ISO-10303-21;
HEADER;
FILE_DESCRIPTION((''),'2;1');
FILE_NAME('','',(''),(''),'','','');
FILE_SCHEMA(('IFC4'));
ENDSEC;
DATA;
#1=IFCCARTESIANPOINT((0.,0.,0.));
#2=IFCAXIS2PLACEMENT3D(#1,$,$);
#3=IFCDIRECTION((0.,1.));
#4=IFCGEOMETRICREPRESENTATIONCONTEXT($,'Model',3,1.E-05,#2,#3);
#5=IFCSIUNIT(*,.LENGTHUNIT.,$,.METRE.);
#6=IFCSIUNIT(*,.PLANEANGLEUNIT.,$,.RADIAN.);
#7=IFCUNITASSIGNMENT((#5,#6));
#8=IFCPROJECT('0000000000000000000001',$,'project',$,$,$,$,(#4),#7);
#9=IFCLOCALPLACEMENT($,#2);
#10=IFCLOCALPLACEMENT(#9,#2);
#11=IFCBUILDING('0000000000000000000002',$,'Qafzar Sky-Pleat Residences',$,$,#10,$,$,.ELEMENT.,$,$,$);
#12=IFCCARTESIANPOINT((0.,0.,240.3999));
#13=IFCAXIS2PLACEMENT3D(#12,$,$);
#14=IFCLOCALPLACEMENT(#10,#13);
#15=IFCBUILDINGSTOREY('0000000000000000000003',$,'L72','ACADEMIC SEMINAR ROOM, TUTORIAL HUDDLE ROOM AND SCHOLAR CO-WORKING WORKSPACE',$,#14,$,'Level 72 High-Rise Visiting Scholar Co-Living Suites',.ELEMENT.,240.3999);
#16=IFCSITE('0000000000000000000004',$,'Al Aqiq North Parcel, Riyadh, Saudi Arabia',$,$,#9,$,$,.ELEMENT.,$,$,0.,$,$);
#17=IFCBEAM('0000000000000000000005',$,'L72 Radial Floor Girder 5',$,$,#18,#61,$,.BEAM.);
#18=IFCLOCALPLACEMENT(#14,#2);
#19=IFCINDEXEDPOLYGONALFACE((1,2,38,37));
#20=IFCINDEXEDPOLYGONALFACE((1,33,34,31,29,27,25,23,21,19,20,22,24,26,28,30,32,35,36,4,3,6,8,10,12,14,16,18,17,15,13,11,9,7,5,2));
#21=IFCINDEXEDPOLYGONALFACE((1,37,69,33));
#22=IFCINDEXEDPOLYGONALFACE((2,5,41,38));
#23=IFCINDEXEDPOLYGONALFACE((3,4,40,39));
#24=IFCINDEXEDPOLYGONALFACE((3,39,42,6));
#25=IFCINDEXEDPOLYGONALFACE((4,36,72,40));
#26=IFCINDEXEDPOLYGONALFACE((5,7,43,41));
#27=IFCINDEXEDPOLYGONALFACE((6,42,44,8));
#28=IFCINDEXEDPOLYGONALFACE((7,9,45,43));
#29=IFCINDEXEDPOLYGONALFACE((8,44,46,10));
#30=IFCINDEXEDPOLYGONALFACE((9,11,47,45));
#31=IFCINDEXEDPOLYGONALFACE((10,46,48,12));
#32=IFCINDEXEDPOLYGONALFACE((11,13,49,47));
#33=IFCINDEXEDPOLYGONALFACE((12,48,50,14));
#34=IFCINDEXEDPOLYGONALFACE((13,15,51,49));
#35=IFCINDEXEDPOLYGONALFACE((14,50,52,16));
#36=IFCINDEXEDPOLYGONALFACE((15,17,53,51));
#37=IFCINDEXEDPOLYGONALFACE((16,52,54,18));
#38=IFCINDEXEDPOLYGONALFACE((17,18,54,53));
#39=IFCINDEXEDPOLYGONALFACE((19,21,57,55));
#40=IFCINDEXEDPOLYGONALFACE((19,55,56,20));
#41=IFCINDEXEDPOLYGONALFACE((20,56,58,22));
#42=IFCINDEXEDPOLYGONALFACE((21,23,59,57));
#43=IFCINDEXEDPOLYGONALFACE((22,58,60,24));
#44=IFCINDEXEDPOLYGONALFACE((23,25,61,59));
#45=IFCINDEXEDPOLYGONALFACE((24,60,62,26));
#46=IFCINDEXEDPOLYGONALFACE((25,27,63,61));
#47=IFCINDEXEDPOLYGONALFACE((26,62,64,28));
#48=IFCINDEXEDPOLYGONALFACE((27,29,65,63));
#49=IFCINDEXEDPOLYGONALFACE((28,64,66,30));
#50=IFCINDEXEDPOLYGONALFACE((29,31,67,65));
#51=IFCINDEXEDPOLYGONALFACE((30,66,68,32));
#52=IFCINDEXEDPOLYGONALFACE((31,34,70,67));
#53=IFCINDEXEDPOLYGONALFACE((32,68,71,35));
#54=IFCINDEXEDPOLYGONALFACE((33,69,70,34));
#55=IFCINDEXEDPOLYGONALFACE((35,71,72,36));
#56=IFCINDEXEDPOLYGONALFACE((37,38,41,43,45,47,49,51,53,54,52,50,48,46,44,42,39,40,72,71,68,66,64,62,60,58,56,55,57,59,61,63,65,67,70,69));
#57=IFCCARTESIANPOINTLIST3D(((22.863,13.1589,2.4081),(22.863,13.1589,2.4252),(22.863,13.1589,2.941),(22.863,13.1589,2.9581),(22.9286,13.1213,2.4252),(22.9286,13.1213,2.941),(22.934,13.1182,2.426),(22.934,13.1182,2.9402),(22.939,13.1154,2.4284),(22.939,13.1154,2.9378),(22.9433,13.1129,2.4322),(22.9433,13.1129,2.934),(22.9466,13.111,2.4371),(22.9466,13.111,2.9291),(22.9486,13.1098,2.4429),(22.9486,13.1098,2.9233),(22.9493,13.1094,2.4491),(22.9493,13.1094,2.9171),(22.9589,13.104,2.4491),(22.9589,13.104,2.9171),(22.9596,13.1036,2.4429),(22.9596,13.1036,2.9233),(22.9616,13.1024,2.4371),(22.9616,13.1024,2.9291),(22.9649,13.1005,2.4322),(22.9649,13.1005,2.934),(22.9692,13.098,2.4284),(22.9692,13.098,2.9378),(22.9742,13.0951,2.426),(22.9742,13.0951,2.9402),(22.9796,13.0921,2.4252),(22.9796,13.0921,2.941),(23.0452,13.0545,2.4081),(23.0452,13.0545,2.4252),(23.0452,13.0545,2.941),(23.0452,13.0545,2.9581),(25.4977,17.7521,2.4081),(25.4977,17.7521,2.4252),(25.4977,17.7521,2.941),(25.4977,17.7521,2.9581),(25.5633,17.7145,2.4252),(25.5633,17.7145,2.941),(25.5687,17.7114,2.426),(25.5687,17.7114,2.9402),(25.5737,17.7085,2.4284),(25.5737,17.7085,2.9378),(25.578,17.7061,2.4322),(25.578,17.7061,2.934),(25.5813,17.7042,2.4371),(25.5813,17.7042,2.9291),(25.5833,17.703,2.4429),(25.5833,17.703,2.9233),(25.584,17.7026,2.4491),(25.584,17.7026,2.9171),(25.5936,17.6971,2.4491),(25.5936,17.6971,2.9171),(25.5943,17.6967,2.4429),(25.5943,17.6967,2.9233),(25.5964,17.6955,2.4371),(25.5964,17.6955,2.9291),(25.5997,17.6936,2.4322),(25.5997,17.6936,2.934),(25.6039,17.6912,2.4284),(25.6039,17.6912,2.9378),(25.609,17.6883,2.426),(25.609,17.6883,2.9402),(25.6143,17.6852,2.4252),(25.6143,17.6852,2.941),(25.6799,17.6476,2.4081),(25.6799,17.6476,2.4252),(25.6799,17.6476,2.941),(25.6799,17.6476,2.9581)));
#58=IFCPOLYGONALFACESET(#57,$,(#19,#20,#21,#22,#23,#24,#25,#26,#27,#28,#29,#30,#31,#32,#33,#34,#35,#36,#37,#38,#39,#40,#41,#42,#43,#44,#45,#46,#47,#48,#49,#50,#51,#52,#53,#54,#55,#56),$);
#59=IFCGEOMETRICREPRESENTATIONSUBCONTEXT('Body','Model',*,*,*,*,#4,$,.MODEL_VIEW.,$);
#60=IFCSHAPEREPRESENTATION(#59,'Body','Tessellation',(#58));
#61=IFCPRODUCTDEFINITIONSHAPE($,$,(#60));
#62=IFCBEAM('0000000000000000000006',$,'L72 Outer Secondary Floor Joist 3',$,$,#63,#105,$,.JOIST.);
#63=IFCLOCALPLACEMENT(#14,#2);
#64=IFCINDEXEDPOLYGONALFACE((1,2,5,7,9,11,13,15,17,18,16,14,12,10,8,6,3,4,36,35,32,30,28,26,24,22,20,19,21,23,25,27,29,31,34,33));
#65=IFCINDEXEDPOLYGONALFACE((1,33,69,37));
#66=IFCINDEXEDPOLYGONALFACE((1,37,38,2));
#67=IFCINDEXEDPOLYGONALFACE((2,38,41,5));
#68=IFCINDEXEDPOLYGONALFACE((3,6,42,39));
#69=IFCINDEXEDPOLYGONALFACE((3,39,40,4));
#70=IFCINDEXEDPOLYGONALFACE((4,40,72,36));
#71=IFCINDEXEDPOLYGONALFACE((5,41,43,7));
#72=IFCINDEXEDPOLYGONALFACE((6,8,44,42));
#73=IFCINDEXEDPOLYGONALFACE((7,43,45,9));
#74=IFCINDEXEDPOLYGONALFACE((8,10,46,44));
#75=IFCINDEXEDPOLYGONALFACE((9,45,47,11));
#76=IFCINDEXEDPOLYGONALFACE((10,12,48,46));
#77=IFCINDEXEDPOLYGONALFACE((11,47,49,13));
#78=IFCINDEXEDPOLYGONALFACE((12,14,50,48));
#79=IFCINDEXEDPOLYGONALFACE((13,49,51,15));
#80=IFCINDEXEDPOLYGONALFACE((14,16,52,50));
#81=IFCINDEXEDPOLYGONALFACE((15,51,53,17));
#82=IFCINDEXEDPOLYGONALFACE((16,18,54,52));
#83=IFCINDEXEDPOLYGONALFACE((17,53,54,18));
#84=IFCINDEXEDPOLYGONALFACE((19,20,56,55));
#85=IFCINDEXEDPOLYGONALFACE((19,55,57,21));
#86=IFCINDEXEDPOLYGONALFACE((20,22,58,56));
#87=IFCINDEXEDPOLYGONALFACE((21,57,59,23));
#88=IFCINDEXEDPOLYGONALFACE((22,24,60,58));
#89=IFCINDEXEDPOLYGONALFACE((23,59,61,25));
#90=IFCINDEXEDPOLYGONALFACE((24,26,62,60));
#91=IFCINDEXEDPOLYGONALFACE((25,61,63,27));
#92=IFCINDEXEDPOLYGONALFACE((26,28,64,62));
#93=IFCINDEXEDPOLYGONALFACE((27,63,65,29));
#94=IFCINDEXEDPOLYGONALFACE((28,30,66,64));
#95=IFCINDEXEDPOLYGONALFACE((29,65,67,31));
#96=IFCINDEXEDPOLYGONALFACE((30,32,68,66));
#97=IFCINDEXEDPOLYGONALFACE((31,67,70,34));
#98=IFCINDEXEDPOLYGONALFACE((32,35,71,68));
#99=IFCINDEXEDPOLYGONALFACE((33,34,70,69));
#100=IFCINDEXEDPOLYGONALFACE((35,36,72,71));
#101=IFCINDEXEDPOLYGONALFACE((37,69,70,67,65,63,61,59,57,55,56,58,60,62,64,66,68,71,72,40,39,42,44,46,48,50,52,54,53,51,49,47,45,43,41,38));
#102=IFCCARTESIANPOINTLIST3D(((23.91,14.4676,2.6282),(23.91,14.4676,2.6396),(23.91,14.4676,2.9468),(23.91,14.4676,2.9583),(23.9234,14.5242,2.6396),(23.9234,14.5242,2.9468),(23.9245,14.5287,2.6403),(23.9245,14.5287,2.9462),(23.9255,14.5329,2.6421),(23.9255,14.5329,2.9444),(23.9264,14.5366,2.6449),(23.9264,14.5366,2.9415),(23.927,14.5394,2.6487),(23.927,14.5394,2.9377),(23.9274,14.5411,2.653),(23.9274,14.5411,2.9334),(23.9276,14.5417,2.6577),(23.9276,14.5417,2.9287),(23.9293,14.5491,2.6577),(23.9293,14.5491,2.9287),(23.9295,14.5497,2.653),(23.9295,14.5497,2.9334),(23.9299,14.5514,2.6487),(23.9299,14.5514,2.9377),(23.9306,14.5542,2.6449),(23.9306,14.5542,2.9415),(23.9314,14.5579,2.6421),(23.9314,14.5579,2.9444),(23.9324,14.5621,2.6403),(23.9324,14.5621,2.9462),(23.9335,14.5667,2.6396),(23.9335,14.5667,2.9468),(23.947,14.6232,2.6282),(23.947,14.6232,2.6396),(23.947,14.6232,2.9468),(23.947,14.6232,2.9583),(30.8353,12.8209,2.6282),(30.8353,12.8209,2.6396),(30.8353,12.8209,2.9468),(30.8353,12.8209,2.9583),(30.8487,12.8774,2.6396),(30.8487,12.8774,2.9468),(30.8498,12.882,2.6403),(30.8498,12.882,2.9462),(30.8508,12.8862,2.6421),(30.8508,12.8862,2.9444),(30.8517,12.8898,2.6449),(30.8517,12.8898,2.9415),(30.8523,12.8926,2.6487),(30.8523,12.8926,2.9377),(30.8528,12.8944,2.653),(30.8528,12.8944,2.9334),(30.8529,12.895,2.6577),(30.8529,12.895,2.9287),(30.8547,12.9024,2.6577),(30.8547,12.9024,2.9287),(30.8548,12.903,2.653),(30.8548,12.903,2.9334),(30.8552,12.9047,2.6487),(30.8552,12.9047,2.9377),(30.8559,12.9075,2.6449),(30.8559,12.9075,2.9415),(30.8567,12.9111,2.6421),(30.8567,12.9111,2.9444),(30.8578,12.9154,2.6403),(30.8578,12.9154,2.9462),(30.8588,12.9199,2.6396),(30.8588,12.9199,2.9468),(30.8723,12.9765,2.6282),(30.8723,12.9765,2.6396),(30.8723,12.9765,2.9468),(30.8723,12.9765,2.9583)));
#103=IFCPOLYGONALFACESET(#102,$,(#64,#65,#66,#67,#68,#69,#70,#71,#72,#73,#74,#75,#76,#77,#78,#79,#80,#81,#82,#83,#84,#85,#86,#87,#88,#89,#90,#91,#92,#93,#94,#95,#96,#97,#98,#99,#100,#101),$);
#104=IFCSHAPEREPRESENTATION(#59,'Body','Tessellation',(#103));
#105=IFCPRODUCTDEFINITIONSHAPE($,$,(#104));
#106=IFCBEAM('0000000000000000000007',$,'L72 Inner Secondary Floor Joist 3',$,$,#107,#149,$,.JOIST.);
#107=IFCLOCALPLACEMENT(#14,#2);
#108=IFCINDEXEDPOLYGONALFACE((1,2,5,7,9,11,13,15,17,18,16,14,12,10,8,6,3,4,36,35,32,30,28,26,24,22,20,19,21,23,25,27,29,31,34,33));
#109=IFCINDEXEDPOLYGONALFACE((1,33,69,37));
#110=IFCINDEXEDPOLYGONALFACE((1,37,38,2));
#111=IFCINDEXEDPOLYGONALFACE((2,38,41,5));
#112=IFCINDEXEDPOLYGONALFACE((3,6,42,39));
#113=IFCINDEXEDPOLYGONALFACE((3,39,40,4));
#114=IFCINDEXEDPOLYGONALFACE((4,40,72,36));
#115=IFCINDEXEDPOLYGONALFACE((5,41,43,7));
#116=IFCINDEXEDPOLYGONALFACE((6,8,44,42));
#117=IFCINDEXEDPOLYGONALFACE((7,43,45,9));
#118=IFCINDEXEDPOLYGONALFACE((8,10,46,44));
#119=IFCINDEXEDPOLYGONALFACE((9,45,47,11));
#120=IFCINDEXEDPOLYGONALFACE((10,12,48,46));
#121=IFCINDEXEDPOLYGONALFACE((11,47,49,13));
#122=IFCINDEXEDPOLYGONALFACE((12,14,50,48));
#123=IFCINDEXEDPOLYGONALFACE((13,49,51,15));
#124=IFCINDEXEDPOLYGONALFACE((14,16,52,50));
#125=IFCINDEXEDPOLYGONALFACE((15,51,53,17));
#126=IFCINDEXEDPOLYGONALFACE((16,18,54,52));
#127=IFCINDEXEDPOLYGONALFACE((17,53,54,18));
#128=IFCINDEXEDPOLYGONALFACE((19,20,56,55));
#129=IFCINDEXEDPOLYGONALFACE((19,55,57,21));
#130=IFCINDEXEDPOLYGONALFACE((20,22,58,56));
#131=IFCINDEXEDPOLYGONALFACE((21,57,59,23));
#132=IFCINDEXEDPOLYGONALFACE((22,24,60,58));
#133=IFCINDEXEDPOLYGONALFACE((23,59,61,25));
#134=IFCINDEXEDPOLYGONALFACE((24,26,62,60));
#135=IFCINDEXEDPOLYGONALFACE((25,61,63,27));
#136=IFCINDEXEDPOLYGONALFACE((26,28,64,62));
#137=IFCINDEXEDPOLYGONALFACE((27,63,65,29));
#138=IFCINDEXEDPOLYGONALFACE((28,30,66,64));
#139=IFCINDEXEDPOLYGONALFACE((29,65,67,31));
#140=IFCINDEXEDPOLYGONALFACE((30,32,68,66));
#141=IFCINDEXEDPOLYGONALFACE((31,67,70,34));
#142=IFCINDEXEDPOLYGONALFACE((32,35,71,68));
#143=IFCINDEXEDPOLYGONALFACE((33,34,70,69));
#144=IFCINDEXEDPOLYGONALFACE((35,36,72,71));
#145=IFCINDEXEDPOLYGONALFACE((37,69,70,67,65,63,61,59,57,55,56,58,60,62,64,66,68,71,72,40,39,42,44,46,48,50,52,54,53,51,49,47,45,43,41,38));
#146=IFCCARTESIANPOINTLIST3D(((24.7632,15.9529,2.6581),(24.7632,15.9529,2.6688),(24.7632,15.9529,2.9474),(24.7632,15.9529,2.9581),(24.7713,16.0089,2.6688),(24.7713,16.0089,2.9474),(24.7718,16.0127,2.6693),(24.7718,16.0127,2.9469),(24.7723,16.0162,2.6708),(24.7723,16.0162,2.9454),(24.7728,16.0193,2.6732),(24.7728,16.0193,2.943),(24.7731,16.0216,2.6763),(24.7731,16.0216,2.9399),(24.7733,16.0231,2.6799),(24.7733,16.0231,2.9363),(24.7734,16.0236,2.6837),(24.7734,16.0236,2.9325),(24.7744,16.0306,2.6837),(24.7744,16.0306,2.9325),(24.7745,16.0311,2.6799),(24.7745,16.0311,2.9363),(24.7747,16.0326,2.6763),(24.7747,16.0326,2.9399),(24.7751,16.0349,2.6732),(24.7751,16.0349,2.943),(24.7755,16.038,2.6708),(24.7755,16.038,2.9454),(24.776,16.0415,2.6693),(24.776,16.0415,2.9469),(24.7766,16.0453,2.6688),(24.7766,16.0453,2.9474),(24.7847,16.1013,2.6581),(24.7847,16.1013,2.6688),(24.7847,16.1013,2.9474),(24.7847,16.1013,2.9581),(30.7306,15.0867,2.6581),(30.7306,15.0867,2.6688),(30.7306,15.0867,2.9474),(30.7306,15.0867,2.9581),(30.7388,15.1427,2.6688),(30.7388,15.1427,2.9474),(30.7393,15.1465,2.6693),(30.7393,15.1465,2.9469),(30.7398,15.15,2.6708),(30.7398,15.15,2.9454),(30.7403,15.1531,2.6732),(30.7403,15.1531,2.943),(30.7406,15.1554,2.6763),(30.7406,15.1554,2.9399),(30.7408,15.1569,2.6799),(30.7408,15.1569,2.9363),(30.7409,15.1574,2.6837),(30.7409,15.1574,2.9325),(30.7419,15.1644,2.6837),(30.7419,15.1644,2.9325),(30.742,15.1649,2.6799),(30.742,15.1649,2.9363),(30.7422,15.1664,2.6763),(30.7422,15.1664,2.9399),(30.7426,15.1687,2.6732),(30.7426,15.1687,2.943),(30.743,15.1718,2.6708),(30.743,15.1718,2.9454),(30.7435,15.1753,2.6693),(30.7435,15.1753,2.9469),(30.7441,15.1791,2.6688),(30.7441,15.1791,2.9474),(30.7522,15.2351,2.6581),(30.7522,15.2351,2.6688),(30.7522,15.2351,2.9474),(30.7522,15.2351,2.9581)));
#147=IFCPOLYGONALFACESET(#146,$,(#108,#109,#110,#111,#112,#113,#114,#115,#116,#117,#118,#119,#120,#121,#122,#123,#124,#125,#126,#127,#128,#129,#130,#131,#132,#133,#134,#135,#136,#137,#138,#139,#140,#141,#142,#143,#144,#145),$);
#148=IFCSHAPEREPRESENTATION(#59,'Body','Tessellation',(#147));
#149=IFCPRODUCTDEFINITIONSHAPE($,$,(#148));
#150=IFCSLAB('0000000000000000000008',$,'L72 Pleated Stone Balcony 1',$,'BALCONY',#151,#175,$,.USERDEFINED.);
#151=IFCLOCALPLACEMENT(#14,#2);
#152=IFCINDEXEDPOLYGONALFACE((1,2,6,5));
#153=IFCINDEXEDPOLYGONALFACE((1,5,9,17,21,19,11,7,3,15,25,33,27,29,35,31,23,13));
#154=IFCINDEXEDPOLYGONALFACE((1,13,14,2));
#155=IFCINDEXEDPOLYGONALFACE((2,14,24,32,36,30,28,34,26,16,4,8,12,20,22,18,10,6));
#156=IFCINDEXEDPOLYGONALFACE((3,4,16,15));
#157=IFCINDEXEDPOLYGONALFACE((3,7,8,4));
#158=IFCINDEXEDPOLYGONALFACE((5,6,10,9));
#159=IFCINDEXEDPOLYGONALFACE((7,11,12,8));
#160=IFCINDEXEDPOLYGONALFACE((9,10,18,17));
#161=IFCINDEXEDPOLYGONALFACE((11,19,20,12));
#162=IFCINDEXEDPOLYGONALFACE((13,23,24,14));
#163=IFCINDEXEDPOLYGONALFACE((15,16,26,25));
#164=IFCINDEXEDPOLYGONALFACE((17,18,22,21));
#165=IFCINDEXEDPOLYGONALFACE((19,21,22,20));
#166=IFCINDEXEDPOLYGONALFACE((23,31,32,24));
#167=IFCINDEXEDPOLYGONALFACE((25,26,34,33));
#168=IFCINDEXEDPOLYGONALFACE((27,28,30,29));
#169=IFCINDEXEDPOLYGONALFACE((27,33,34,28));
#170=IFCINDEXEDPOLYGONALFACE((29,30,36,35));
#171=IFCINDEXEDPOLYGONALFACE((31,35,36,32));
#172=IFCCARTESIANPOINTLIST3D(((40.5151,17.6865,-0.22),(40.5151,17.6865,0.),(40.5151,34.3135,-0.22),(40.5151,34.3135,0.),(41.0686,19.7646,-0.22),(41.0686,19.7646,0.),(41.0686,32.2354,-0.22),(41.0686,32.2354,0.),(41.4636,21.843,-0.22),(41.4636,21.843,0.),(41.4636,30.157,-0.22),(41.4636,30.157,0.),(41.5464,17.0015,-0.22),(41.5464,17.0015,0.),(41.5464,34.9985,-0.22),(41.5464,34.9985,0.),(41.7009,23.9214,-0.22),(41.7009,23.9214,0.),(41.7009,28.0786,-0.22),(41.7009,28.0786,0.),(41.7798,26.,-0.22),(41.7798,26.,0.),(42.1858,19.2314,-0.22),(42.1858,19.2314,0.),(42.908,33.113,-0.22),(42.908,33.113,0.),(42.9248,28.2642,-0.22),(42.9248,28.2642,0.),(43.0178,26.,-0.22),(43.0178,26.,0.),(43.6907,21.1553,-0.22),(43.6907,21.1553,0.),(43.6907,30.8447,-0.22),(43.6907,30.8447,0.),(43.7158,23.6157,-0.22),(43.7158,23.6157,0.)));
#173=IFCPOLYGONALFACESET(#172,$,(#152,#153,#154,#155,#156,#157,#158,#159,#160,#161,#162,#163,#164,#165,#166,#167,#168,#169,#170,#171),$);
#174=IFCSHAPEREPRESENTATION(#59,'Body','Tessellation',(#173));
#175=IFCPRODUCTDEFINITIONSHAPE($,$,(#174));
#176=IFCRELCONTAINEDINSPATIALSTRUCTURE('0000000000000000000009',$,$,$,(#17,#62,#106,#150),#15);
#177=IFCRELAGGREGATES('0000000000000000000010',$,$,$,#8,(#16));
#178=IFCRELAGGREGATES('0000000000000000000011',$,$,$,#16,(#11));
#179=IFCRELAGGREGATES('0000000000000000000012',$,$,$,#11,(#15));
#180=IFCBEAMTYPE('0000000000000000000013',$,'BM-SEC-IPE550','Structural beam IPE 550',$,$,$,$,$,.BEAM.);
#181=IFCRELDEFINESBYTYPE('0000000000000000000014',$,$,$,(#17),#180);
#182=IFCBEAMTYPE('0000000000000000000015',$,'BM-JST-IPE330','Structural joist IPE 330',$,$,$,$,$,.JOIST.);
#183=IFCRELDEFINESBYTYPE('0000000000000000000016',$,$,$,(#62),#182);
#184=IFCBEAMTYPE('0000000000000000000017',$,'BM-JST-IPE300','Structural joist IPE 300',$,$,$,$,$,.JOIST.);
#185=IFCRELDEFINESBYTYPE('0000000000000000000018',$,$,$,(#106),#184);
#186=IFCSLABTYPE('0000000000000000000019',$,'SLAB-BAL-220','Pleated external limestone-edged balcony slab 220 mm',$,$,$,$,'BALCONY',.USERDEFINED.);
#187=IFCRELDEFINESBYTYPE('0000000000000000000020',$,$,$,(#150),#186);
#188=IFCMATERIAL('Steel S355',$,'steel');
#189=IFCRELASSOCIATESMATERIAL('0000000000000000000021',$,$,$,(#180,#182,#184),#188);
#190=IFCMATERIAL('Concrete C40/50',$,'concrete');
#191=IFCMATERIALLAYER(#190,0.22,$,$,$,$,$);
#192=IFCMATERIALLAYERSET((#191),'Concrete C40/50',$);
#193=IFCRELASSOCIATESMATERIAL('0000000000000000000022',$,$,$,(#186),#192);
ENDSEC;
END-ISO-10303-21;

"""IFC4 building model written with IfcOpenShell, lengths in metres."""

from ifc_helpers import new_model, si_unit, direction, frame, origin, origin_2d, place, context, subcontext, project, spatial, polyline, i_section, outline, extrude, source, transform, mapped, material, layer, layer_set, material_profile, profile_set, type_object, element, save


model = new_model("IFC4")

# Units and contexts
model_context = context("Model", 3, precision=1e-05, world=origin(), true_north=direction((0.0, 1.0)))
body_context = subcontext(model_context, "Body", "Model", "MODEL_VIEW")
ifc_project = project(units=[si_unit("LENGTHUNIT", "METRE"), si_unit("PLANEANGLEUNIT", "RADIAN")], contexts=[model_context])

# Site, building, storey
site_placement = place(None, origin())
site = spatial("IfcSite", under=ifc_project, at=site_placement, Name="Al Aqiq North Parcel, Riyadh, Saudi Arabia", CompositionType="ELEMENT", RefElevation=0.0)
building_placement = place(site_placement, origin())
building = spatial("IfcBuilding", under=site, at=building_placement, Name="Qafzar Sky-Pleat Residences", CompositionType="ELEMENT")
storey_placement = place(building_placement, frame((0.0, 0.0, 240.3999)))
storey = spatial("IfcBuildingStorey", under=building, at=storey_placement, Name="L72", Description="ACADEMIC SEMINAR ROOM, TUTORIAL HUDDLE ROOM AND SCHOLAR CO-WORKING WORKSPACE", LongName="Level 72 High-Rise Visiting Scholar Co-Living Suites", CompositionType="ELEMENT", Elevation=240.3999)

# Shared definitions
ifc_material_1 = material(Name="Steel S355", Category="steel")

# Beams
ifc_material_profile_1 = material_profile(ifc_material_1, i_section(OverallWidth=0.21, OverallDepth=0.55, WebThickness=0.011, FlangeThickness=0.0171, FilletRadius=0.0239, at=origin_2d()), Name="IPE 550")
ifc_profile_set_1 = profile_set([ifc_material_profile_1], Name="Steel S355")
beam_type_1 = type_object("IfcBeamType", Name="BM-SEC-IPE550", Description="Structural beam IPE 550", PredefinedType="BEAM", material=ifc_profile_set_1)
shared_shape_1 = source(origin(), body_context, "Body", "SweptSolid", [
    extrude(i_section(OverallWidth=0.21, OverallDepth=0.55, WebThickness=0.011, FlangeThickness=0.0171, FilletRadius=0.0239, at=origin_2d()), origin(), (0.0, 0.0, 1.0), 5.2952),
])
beam_1_placement = place(storey_placement, frame((22.9541, 13.1067, 2.6831), z_axis=(0.497568, 0.867425, 0.0), x_axis=(-0.867425, 0.497568, 0.0)))
element("IfcBeam", 1, at=beam_1_placement, inside=storey, type_object=beam_type_1, Name="L72 Radial Floor Girder 5", PredefinedType="BEAM", context=body_context, shape_type="MappedRepresentation", body=[
    mapped(shared_shape_1, transform((0.0, 0.0, 0.0), x_axis=(1.0, 0.0, 0.0), y_axis=(0.0, 1.0, 0.0), z_axis=(0.0, 0.0, 1.0), scale=1.0)),
])
ifc_material_profile_2 = material_profile(ifc_material_1, i_section(OverallWidth=0.1599, OverallDepth=0.3301, WebThickness=0.0076, FlangeThickness=0.0115, FilletRadius=0.0181, at=origin_2d()), Name="IPE 330")
ifc_profile_set_2 = profile_set([ifc_material_profile_2], Name="Steel S355")
beam_type_2 = type_object("IfcBeamType", Name="BM-JST-IPE330", Description="Structural joist IPE 330", PredefinedType="JOIST", material=ifc_profile_set_2)
shared_shape_2 = source(origin(), body_context, "Body", "SweptSolid", [
    extrude(i_section(OverallWidth=0.1599, OverallDepth=0.3301, WebThickness=0.0076, FlangeThickness=0.0115, FilletRadius=0.0181, at=origin_2d()), origin(), (0.0, 0.0, 1.0), 7.1184),
])
beam_2_placement = place(storey_placement, frame((23.9285, 14.5454, 2.7932), z_axis=(0.972874, -0.231335, 0.0), x_axis=(0.231335, 0.972874, 0.0)))
element("IfcBeam", 2, at=beam_2_placement, inside=storey, type_object=beam_type_2, Name="L72 Outer Secondary Floor Joist 3", PredefinedType="JOIST", context=body_context, shape_type="MappedRepresentation", body=[
    mapped(shared_shape_2, transform((0.0, 0.0, 0.0), x_axis=(1.0, 0.0, 0.0), y_axis=(0.0, 1.0, 0.0), z_axis=(0.0, 0.0, 1.0), scale=1.0)),
])
ifc_material_profile_3 = material_profile(ifc_material_1, i_section(OverallWidth=0.1499, OverallDepth=0.3, WebThickness=0.0071, FlangeThickness=0.0107, FilletRadius=0.0149, at=origin_2d()), Name="IPE 300")
ifc_profile_set_3 = profile_set([ifc_material_profile_3], Name="Steel S355")
beam_type_3 = type_object("IfcBeamType", Name="BM-JST-IPE300", Description="Structural joist IPE 300", PredefinedType="JOIST", material=ifc_profile_set_3)
shared_shape_3 = source(origin(), body_context, "Body", "SweptSolid", [
    extrude(i_section(OverallWidth=0.1499, OverallDepth=0.3, WebThickness=0.0071, FlangeThickness=0.0107, FilletRadius=0.0149, at=origin_2d()), origin(), (0.0, 0.0, 1.0), 6.03),
])
beam_3_placement = place(storey_placement, frame((24.7739, 16.0271, 2.8081), z_axis=(0.989629, -0.143649, 0.0), x_axis=(0.143649, 0.989629, 0.0)))
element("IfcBeam", 3, at=beam_3_placement, inside=storey, type_object=beam_type_3, Name="L72 Inner Secondary Floor Joist 3", PredefinedType="JOIST", context=body_context, shape_type="MappedRepresentation", body=[
    mapped(shared_shape_3, transform((0.0, 0.0, 0.0), x_axis=(1.0, 0.0, 0.0), y_axis=(0.0, 1.0, 0.0), z_axis=(0.0, 0.0, 1.0), scale=1.0)),
])

# Slab
ifc_material_2 = material(Name="Concrete C40/50", Category="concrete")
ifc_layer_1 = layer(ifc_material_2, 0.22)
ifc_layer_set_1 = layer_set([ifc_layer_1], Name="Concrete C40/50")
slab_type_1 = type_object("IfcSlabType", Name="SLAB-BAL-220", Description="Pleated external limestone-edged balcony slab 220 mm", ElementType="BALCONY", PredefinedType="USERDEFINED", material=ifc_layer_set_1)
slab_1_placement = place(storey_placement, frame((0.0, 0.0, -0.22)))
element("IfcSlab", 4, at=slab_1_placement, inside=storey, type_object=slab_type_1, Name="L72 Pleated Stone Balcony 1", ObjectType="BALCONY", PredefinedType="USERDEFINED", context=body_context, shape_type="SweptSolid", body=[
    extrude(outline(polyline([(41.0686, 19.7646), (41.4636, 21.843), (41.7009, 23.9214), (41.7798, 26.0), (41.7009, 28.0786), (41.4636, 30.157), (41.0686, 32.2354), (40.5151, 34.3135), (41.5464, 34.9985), (42.908, 33.113), (43.6907, 30.8447), (42.9248, 28.2642), (43.0178, 26.0), (43.7158, 23.6157), (43.6907, 21.1553), (42.1858, 19.2314), (41.5464, 17.0015), (40.5151, 17.6865), (41.0686, 19.7646)])), origin(), (0.0, 0.0, 1.0), 0.22),
])

save(model, "model.ifc")
